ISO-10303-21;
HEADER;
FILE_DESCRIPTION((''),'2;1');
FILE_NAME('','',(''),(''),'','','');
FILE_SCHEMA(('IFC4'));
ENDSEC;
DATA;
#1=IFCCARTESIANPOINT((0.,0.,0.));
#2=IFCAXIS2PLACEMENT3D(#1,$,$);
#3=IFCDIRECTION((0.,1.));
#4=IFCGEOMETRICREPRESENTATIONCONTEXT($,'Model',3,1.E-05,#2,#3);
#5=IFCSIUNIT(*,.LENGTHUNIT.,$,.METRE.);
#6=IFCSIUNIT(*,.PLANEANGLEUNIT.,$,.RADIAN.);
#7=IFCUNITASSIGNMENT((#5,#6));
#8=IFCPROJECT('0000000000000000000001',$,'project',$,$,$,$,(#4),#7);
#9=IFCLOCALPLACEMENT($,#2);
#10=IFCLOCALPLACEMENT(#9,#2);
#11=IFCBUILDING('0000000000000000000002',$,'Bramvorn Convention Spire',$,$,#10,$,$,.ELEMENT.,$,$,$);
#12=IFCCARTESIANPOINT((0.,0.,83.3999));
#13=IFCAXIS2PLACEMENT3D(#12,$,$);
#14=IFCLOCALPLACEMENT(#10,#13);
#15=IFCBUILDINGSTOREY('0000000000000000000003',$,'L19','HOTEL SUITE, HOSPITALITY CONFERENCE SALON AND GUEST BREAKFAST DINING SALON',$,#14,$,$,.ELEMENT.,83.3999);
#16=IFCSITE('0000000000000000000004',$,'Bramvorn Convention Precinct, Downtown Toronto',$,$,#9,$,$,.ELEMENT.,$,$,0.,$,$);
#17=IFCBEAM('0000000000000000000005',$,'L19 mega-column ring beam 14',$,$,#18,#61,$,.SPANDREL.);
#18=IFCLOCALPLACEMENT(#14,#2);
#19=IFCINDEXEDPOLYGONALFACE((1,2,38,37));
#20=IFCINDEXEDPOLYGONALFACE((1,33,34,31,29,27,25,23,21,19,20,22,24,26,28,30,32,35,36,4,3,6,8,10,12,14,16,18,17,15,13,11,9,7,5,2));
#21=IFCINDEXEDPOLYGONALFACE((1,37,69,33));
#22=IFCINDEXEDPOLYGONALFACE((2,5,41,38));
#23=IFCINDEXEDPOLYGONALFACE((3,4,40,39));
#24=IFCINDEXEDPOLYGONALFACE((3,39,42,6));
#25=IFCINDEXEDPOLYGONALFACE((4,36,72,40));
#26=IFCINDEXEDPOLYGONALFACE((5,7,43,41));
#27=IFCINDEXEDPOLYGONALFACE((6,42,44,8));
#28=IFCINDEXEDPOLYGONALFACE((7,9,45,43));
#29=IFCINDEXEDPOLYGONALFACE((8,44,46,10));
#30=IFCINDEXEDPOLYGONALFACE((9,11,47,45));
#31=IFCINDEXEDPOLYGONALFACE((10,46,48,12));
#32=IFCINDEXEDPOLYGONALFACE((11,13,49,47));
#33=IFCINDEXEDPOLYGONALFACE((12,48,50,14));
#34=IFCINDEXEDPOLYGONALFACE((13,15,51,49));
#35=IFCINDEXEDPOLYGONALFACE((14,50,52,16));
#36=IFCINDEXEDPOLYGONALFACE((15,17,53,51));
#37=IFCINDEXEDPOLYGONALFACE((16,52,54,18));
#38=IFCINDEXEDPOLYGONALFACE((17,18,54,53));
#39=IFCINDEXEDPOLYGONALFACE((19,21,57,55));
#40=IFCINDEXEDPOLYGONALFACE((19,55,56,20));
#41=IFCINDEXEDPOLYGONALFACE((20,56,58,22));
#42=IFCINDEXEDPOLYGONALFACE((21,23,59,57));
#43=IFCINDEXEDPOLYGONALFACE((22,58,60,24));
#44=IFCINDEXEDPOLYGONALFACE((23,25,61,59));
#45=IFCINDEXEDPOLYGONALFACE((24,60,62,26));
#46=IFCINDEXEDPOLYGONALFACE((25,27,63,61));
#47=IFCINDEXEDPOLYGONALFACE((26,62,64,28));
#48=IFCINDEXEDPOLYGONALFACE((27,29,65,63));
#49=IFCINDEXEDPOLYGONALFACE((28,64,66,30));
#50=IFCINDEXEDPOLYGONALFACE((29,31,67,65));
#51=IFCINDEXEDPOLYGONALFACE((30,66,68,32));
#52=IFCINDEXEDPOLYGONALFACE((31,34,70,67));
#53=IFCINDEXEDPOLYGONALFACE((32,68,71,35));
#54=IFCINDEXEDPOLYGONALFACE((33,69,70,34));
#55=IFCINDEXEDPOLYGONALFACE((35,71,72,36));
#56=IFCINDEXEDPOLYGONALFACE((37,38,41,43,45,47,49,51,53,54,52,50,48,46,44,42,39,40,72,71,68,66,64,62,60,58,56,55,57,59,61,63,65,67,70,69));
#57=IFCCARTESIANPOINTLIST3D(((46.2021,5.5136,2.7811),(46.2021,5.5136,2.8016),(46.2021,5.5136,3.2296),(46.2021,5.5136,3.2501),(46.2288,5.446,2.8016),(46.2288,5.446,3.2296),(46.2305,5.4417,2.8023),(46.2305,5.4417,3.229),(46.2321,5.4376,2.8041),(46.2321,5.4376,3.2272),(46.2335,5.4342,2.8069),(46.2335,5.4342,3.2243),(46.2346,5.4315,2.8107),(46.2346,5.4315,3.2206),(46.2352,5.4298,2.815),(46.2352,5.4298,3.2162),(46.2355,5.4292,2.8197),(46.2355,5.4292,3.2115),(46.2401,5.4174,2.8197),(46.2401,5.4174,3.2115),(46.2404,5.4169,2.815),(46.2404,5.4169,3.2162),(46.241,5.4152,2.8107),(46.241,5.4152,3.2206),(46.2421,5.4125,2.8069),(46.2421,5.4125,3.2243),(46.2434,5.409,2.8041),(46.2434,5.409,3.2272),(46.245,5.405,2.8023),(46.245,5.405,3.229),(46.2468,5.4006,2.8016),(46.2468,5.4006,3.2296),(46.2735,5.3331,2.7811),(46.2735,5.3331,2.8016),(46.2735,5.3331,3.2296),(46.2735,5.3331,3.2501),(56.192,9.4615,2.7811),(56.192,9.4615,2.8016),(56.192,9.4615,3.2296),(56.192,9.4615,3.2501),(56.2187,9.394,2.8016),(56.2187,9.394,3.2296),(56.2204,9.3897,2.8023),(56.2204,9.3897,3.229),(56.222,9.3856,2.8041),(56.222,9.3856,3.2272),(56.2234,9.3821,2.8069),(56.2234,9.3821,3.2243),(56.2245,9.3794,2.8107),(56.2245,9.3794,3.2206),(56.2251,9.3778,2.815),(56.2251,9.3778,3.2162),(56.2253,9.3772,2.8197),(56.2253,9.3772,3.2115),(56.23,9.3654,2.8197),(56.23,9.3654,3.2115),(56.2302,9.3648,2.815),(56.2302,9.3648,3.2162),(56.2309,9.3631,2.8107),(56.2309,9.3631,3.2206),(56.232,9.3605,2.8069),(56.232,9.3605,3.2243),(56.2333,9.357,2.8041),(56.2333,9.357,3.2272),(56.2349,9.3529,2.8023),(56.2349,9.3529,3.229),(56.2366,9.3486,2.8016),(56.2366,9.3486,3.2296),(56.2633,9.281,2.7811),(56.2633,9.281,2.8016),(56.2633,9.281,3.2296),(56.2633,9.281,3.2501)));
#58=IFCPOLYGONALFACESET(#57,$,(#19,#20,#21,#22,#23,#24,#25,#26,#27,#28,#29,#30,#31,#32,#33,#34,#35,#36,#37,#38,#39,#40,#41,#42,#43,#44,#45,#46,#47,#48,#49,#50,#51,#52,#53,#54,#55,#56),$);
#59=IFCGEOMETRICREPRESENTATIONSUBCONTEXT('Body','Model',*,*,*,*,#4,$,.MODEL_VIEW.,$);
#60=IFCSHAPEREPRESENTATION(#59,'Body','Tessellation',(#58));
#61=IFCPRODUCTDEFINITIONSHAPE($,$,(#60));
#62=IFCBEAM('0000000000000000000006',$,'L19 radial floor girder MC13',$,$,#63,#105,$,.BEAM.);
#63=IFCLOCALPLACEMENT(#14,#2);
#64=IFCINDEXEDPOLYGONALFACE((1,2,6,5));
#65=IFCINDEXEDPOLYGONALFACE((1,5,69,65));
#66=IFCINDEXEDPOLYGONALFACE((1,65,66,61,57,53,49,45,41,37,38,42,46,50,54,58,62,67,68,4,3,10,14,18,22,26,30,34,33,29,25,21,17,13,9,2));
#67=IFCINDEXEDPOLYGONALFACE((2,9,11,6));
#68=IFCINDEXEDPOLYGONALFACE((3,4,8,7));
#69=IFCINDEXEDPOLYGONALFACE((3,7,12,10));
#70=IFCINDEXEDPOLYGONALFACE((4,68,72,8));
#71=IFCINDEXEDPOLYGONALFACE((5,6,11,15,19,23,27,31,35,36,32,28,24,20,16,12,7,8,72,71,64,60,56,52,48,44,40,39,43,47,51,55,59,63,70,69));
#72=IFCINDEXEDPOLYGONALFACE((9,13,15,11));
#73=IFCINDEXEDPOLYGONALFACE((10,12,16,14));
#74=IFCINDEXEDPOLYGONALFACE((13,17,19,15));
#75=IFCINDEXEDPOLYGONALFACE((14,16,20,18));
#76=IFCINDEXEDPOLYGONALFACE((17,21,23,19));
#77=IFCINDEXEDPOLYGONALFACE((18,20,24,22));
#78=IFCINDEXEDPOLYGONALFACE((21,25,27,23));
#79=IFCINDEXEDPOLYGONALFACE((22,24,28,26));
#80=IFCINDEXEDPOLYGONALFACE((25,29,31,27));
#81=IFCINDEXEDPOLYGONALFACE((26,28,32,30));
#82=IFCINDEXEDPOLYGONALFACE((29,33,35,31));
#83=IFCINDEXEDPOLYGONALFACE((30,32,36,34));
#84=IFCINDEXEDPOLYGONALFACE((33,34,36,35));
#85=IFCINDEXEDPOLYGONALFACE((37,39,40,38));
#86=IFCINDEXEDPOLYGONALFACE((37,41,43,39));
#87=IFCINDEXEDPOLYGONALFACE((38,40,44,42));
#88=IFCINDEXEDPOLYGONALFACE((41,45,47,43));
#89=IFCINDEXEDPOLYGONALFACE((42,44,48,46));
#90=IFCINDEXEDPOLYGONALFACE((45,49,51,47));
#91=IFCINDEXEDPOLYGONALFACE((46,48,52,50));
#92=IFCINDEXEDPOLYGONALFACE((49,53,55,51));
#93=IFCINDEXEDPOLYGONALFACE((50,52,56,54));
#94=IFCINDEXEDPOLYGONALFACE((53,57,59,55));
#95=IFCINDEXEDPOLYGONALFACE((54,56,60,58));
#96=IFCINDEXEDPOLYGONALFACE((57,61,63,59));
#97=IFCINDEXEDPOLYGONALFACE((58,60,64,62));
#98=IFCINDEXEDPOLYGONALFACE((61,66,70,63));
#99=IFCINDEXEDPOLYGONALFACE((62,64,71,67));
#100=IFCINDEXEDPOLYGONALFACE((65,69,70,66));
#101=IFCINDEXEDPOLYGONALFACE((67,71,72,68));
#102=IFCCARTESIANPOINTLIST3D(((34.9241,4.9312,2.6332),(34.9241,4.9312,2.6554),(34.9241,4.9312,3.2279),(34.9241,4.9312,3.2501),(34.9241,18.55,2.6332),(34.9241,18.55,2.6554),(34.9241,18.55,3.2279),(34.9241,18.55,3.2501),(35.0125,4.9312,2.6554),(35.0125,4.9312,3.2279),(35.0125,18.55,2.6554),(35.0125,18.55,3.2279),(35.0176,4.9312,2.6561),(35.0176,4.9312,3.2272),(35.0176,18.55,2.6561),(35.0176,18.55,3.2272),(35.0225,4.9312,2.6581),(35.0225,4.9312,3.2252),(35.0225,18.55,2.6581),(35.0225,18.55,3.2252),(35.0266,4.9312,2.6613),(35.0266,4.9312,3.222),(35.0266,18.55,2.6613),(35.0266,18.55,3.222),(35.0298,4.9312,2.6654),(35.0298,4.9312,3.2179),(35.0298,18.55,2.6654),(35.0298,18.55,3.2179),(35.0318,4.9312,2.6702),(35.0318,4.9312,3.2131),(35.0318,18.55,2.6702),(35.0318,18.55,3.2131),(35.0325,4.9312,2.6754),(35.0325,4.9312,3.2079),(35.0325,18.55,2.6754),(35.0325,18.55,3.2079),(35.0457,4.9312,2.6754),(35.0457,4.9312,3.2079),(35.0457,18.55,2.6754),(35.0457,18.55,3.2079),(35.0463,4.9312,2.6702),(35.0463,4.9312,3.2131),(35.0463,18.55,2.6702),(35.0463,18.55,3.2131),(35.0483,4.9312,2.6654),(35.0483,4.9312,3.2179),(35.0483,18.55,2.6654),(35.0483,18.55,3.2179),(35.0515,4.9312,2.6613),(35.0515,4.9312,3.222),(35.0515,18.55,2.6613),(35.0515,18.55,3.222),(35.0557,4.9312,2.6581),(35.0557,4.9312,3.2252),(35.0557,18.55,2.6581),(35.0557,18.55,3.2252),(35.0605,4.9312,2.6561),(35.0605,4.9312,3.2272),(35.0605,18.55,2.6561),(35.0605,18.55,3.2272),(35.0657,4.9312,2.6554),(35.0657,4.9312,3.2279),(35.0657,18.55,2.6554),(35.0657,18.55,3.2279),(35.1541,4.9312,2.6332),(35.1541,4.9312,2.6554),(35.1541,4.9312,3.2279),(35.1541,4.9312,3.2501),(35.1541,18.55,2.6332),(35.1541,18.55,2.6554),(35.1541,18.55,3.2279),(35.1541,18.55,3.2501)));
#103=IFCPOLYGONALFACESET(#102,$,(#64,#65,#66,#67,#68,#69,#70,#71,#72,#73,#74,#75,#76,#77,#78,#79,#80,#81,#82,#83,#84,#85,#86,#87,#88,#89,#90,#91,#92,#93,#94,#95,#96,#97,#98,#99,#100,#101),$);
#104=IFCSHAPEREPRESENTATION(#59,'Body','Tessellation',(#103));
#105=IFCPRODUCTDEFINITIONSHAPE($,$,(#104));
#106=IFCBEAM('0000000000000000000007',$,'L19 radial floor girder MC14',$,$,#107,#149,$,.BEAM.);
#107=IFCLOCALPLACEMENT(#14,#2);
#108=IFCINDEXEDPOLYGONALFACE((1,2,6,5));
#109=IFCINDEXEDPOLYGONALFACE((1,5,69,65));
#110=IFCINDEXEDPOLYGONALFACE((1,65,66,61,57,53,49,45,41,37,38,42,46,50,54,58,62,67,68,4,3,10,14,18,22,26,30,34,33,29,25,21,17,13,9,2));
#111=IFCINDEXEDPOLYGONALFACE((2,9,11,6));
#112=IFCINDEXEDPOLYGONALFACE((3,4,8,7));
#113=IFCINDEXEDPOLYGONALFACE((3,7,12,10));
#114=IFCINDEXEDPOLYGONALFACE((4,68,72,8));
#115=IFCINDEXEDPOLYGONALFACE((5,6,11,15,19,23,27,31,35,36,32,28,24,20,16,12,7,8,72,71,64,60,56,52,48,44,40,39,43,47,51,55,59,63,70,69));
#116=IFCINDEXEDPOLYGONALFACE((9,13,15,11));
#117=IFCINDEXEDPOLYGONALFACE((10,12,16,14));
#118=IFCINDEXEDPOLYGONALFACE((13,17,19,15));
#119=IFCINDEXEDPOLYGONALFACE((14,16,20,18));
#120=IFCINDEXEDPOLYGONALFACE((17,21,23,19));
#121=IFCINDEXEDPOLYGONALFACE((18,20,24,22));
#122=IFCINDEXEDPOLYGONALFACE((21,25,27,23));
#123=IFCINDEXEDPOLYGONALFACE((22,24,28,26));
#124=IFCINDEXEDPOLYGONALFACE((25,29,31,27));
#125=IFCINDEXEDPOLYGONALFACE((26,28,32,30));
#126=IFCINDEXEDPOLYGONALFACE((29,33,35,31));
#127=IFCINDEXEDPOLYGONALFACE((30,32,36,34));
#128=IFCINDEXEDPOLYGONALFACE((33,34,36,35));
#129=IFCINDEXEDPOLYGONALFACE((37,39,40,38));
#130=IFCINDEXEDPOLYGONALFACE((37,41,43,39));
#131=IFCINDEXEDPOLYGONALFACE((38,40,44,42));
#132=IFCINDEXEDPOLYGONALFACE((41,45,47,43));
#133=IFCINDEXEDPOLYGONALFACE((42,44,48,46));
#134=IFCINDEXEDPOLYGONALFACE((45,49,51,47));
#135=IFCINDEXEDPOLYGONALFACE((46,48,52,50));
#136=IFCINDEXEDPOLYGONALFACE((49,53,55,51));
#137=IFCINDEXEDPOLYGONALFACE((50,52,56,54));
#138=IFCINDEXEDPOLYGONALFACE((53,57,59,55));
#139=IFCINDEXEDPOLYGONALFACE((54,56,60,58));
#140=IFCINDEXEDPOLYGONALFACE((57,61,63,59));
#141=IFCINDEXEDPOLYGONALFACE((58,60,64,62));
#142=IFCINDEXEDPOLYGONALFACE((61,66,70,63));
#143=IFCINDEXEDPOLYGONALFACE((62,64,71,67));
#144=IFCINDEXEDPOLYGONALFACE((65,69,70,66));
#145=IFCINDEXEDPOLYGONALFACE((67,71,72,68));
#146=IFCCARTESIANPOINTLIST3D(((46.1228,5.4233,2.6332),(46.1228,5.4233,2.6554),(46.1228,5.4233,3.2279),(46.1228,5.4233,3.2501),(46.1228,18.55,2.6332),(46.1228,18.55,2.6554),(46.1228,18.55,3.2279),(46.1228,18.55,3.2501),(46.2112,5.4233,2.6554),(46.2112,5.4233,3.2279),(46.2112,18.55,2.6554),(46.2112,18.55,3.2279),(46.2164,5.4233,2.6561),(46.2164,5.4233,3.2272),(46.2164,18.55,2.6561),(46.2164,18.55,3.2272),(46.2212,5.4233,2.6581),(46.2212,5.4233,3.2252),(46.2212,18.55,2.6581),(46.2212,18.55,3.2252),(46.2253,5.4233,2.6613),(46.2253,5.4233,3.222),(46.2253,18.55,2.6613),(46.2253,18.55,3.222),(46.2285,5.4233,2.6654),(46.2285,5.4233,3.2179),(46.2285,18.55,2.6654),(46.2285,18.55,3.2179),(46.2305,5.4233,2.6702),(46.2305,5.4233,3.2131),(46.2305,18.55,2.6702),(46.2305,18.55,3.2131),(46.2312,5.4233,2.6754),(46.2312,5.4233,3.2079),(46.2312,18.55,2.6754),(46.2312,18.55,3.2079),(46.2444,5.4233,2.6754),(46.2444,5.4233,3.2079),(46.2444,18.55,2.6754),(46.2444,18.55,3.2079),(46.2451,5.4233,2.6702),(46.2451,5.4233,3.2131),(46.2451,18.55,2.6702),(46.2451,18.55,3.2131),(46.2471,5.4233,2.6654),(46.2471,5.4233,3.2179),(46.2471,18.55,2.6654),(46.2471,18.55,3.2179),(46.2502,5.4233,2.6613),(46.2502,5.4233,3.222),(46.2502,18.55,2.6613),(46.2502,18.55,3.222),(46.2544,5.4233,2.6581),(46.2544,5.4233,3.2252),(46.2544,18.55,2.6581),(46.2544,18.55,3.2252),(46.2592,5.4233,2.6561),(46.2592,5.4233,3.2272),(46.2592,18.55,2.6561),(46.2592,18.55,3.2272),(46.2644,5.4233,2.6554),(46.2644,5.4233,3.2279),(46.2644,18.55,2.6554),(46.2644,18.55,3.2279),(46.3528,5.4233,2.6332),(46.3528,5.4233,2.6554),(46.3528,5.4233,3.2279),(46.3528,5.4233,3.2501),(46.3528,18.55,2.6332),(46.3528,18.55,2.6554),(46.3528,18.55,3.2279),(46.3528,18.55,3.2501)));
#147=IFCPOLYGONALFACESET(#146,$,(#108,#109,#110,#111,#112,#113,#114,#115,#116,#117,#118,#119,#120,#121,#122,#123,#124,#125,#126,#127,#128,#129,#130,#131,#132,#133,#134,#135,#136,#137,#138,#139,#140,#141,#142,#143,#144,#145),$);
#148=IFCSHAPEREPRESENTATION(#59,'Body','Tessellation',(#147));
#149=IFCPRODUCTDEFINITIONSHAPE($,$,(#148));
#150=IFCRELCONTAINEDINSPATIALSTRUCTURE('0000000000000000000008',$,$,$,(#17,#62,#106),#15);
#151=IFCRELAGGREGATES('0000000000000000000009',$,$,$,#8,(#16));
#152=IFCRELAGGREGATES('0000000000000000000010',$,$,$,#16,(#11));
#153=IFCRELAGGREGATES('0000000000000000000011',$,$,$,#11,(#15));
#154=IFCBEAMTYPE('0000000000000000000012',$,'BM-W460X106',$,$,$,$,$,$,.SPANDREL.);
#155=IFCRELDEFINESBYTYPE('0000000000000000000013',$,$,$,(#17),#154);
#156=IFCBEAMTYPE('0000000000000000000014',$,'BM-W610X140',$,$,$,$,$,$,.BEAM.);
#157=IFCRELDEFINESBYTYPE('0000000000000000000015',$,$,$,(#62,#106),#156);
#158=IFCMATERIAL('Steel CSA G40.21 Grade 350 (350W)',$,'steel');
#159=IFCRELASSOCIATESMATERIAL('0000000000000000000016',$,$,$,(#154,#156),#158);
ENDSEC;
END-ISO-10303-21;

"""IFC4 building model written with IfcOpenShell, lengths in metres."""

from ifc_helpers import new_model, si_unit, direction, frame, origin, origin_2d, place, context, subcontext, project, spatial, i_section, extrude, material, material_profile, profile_set, type_object, element, save


model = new_model("IFC4")

# Units and contexts
model_context = context("Model", 3, precision=1e-05, world=origin(), true_north=direction((0.0, 1.0)))
body_context = subcontext(model_context, "Body", "Model", "MODEL_VIEW")
ifc_project = project(units=[si_unit("LENGTHUNIT", "METRE"), si_unit("PLANEANGLEUNIT", "RADIAN")], contexts=[model_context])

# Site, building, storey
site_placement = place(None, origin())
site = spatial("IfcSite", under=ifc_project, at=site_placement, Name="Bramvorn Convention Precinct, Downtown Toronto", CompositionType="ELEMENT", RefElevation=0.0)
building_placement = place(site_placement, origin())
building = spatial("IfcBuilding", under=site, at=building_placement, Name="Bramvorn Convention Spire", CompositionType="ELEMENT")
storey_placement = place(building_placement, frame((0.0, 0.0, 83.3999)))
storey = spatial("IfcBuildingStorey", under=building, at=storey_placement, Name="L19", Description="HOTEL SUITE, HOSPITALITY CONFERENCE SALON AND GUEST BREAKFAST DINING SALON", CompositionType="ELEMENT", Elevation=83.3999)

# Shared definitions
ifc_material_1 = material(Name="Steel CSA G40.21 Grade 350 (350W)", Category="steel")

# Beams
ifc_material_profile_1 = material_profile(ifc_material_1, i_section(OverallWidth=0.1941, OverallDepth=0.469, WebThickness=0.0127, FlangeThickness=0.0205, FilletRadius=0.0181, at=origin_2d()))
ifc_profile_set_1 = profile_set([ifc_material_profile_1], Name="Steel CSA G40.21 Grade 350 (350W) - W460X106")
beam_type_1 = type_object("IfcBeamType", Name="BM-W460X106", PredefinedType="SPANDREL", material=ifc_profile_set_1)
beam_1_placement = place(storey_placement, frame((46.2378, 5.4233, 3.0156), z_axis=(0.93001, 0.367535, 0.0), x_axis=(-0.367535, 0.93001, 0.0)))
element("IfcBeam", 1, at=beam_1_placement, inside=storey, type_object=beam_type_1, Name="L19 mega-column ring beam 14", PredefinedType="SPANDREL", context=body_context, shape_type="SweptSolid", body=[
    extrude(i_section(OverallWidth=0.1941, OverallDepth=0.469, WebThickness=0.0127, FlangeThickness=0.0205, FilletRadius=0.0181, at=origin_2d()), origin(), (0.0, 0.0, 1.0), 10.7417),
])
ifc_material_profile_2 = material_profile(ifc_material_1, i_section(OverallWidth=0.23, OverallDepth=0.6169, WebThickness=0.0132, FlangeThickness=0.0222, FilletRadius=0.02, at=origin_2d()))
ifc_profile_set_2 = profile_set([ifc_material_profile_2], Name="Steel CSA G40.21 Grade 350 (350W) - W610X140")
beam_type_2 = type_object("IfcBeamType", Name="BM-W610X140", PredefinedType="BEAM", material=ifc_profile_set_2)
beam_2_placement = place(storey_placement, frame((35.0391, 18.55, 2.9417), z_axis=(0.0, -1.0, 0.0), x_axis=(1.0, 0.0, 0.0)))
element("IfcBeam", 2, at=beam_2_placement, inside=storey, type_object=beam_type_2, Name="L19 radial floor girder MC13", PredefinedType="BEAM", context=body_context, shape_type="SweptSolid", body=[
    extrude(i_section(OverallWidth=0.23, OverallDepth=0.6169, WebThickness=0.0132, FlangeThickness=0.0222, FilletRadius=0.02, at=origin_2d()), origin(), (0.0, 0.0, 1.0), 13.6189),
])
beam_3_placement = place(storey_placement, frame((46.2378, 18.55, 2.9417), z_axis=(0.0, -1.0, 0.0), x_axis=(1.0, 0.0, 0.0)))
element("IfcBeam", 3, at=beam_3_placement, inside=storey, type_object=beam_type_2, Name="L19 radial floor girder MC14", PredefinedType="BEAM", context=body_context, shape_type="SweptSolid", body=[
    extrude(i_section(OverallWidth=0.23, OverallDepth=0.6169, WebThickness=0.0132, FlangeThickness=0.0222, FilletRadius=0.02, at=origin_2d()), origin(), (0.0, 0.0, 1.0), 13.1267),
])

save(model, "model.ifc")
